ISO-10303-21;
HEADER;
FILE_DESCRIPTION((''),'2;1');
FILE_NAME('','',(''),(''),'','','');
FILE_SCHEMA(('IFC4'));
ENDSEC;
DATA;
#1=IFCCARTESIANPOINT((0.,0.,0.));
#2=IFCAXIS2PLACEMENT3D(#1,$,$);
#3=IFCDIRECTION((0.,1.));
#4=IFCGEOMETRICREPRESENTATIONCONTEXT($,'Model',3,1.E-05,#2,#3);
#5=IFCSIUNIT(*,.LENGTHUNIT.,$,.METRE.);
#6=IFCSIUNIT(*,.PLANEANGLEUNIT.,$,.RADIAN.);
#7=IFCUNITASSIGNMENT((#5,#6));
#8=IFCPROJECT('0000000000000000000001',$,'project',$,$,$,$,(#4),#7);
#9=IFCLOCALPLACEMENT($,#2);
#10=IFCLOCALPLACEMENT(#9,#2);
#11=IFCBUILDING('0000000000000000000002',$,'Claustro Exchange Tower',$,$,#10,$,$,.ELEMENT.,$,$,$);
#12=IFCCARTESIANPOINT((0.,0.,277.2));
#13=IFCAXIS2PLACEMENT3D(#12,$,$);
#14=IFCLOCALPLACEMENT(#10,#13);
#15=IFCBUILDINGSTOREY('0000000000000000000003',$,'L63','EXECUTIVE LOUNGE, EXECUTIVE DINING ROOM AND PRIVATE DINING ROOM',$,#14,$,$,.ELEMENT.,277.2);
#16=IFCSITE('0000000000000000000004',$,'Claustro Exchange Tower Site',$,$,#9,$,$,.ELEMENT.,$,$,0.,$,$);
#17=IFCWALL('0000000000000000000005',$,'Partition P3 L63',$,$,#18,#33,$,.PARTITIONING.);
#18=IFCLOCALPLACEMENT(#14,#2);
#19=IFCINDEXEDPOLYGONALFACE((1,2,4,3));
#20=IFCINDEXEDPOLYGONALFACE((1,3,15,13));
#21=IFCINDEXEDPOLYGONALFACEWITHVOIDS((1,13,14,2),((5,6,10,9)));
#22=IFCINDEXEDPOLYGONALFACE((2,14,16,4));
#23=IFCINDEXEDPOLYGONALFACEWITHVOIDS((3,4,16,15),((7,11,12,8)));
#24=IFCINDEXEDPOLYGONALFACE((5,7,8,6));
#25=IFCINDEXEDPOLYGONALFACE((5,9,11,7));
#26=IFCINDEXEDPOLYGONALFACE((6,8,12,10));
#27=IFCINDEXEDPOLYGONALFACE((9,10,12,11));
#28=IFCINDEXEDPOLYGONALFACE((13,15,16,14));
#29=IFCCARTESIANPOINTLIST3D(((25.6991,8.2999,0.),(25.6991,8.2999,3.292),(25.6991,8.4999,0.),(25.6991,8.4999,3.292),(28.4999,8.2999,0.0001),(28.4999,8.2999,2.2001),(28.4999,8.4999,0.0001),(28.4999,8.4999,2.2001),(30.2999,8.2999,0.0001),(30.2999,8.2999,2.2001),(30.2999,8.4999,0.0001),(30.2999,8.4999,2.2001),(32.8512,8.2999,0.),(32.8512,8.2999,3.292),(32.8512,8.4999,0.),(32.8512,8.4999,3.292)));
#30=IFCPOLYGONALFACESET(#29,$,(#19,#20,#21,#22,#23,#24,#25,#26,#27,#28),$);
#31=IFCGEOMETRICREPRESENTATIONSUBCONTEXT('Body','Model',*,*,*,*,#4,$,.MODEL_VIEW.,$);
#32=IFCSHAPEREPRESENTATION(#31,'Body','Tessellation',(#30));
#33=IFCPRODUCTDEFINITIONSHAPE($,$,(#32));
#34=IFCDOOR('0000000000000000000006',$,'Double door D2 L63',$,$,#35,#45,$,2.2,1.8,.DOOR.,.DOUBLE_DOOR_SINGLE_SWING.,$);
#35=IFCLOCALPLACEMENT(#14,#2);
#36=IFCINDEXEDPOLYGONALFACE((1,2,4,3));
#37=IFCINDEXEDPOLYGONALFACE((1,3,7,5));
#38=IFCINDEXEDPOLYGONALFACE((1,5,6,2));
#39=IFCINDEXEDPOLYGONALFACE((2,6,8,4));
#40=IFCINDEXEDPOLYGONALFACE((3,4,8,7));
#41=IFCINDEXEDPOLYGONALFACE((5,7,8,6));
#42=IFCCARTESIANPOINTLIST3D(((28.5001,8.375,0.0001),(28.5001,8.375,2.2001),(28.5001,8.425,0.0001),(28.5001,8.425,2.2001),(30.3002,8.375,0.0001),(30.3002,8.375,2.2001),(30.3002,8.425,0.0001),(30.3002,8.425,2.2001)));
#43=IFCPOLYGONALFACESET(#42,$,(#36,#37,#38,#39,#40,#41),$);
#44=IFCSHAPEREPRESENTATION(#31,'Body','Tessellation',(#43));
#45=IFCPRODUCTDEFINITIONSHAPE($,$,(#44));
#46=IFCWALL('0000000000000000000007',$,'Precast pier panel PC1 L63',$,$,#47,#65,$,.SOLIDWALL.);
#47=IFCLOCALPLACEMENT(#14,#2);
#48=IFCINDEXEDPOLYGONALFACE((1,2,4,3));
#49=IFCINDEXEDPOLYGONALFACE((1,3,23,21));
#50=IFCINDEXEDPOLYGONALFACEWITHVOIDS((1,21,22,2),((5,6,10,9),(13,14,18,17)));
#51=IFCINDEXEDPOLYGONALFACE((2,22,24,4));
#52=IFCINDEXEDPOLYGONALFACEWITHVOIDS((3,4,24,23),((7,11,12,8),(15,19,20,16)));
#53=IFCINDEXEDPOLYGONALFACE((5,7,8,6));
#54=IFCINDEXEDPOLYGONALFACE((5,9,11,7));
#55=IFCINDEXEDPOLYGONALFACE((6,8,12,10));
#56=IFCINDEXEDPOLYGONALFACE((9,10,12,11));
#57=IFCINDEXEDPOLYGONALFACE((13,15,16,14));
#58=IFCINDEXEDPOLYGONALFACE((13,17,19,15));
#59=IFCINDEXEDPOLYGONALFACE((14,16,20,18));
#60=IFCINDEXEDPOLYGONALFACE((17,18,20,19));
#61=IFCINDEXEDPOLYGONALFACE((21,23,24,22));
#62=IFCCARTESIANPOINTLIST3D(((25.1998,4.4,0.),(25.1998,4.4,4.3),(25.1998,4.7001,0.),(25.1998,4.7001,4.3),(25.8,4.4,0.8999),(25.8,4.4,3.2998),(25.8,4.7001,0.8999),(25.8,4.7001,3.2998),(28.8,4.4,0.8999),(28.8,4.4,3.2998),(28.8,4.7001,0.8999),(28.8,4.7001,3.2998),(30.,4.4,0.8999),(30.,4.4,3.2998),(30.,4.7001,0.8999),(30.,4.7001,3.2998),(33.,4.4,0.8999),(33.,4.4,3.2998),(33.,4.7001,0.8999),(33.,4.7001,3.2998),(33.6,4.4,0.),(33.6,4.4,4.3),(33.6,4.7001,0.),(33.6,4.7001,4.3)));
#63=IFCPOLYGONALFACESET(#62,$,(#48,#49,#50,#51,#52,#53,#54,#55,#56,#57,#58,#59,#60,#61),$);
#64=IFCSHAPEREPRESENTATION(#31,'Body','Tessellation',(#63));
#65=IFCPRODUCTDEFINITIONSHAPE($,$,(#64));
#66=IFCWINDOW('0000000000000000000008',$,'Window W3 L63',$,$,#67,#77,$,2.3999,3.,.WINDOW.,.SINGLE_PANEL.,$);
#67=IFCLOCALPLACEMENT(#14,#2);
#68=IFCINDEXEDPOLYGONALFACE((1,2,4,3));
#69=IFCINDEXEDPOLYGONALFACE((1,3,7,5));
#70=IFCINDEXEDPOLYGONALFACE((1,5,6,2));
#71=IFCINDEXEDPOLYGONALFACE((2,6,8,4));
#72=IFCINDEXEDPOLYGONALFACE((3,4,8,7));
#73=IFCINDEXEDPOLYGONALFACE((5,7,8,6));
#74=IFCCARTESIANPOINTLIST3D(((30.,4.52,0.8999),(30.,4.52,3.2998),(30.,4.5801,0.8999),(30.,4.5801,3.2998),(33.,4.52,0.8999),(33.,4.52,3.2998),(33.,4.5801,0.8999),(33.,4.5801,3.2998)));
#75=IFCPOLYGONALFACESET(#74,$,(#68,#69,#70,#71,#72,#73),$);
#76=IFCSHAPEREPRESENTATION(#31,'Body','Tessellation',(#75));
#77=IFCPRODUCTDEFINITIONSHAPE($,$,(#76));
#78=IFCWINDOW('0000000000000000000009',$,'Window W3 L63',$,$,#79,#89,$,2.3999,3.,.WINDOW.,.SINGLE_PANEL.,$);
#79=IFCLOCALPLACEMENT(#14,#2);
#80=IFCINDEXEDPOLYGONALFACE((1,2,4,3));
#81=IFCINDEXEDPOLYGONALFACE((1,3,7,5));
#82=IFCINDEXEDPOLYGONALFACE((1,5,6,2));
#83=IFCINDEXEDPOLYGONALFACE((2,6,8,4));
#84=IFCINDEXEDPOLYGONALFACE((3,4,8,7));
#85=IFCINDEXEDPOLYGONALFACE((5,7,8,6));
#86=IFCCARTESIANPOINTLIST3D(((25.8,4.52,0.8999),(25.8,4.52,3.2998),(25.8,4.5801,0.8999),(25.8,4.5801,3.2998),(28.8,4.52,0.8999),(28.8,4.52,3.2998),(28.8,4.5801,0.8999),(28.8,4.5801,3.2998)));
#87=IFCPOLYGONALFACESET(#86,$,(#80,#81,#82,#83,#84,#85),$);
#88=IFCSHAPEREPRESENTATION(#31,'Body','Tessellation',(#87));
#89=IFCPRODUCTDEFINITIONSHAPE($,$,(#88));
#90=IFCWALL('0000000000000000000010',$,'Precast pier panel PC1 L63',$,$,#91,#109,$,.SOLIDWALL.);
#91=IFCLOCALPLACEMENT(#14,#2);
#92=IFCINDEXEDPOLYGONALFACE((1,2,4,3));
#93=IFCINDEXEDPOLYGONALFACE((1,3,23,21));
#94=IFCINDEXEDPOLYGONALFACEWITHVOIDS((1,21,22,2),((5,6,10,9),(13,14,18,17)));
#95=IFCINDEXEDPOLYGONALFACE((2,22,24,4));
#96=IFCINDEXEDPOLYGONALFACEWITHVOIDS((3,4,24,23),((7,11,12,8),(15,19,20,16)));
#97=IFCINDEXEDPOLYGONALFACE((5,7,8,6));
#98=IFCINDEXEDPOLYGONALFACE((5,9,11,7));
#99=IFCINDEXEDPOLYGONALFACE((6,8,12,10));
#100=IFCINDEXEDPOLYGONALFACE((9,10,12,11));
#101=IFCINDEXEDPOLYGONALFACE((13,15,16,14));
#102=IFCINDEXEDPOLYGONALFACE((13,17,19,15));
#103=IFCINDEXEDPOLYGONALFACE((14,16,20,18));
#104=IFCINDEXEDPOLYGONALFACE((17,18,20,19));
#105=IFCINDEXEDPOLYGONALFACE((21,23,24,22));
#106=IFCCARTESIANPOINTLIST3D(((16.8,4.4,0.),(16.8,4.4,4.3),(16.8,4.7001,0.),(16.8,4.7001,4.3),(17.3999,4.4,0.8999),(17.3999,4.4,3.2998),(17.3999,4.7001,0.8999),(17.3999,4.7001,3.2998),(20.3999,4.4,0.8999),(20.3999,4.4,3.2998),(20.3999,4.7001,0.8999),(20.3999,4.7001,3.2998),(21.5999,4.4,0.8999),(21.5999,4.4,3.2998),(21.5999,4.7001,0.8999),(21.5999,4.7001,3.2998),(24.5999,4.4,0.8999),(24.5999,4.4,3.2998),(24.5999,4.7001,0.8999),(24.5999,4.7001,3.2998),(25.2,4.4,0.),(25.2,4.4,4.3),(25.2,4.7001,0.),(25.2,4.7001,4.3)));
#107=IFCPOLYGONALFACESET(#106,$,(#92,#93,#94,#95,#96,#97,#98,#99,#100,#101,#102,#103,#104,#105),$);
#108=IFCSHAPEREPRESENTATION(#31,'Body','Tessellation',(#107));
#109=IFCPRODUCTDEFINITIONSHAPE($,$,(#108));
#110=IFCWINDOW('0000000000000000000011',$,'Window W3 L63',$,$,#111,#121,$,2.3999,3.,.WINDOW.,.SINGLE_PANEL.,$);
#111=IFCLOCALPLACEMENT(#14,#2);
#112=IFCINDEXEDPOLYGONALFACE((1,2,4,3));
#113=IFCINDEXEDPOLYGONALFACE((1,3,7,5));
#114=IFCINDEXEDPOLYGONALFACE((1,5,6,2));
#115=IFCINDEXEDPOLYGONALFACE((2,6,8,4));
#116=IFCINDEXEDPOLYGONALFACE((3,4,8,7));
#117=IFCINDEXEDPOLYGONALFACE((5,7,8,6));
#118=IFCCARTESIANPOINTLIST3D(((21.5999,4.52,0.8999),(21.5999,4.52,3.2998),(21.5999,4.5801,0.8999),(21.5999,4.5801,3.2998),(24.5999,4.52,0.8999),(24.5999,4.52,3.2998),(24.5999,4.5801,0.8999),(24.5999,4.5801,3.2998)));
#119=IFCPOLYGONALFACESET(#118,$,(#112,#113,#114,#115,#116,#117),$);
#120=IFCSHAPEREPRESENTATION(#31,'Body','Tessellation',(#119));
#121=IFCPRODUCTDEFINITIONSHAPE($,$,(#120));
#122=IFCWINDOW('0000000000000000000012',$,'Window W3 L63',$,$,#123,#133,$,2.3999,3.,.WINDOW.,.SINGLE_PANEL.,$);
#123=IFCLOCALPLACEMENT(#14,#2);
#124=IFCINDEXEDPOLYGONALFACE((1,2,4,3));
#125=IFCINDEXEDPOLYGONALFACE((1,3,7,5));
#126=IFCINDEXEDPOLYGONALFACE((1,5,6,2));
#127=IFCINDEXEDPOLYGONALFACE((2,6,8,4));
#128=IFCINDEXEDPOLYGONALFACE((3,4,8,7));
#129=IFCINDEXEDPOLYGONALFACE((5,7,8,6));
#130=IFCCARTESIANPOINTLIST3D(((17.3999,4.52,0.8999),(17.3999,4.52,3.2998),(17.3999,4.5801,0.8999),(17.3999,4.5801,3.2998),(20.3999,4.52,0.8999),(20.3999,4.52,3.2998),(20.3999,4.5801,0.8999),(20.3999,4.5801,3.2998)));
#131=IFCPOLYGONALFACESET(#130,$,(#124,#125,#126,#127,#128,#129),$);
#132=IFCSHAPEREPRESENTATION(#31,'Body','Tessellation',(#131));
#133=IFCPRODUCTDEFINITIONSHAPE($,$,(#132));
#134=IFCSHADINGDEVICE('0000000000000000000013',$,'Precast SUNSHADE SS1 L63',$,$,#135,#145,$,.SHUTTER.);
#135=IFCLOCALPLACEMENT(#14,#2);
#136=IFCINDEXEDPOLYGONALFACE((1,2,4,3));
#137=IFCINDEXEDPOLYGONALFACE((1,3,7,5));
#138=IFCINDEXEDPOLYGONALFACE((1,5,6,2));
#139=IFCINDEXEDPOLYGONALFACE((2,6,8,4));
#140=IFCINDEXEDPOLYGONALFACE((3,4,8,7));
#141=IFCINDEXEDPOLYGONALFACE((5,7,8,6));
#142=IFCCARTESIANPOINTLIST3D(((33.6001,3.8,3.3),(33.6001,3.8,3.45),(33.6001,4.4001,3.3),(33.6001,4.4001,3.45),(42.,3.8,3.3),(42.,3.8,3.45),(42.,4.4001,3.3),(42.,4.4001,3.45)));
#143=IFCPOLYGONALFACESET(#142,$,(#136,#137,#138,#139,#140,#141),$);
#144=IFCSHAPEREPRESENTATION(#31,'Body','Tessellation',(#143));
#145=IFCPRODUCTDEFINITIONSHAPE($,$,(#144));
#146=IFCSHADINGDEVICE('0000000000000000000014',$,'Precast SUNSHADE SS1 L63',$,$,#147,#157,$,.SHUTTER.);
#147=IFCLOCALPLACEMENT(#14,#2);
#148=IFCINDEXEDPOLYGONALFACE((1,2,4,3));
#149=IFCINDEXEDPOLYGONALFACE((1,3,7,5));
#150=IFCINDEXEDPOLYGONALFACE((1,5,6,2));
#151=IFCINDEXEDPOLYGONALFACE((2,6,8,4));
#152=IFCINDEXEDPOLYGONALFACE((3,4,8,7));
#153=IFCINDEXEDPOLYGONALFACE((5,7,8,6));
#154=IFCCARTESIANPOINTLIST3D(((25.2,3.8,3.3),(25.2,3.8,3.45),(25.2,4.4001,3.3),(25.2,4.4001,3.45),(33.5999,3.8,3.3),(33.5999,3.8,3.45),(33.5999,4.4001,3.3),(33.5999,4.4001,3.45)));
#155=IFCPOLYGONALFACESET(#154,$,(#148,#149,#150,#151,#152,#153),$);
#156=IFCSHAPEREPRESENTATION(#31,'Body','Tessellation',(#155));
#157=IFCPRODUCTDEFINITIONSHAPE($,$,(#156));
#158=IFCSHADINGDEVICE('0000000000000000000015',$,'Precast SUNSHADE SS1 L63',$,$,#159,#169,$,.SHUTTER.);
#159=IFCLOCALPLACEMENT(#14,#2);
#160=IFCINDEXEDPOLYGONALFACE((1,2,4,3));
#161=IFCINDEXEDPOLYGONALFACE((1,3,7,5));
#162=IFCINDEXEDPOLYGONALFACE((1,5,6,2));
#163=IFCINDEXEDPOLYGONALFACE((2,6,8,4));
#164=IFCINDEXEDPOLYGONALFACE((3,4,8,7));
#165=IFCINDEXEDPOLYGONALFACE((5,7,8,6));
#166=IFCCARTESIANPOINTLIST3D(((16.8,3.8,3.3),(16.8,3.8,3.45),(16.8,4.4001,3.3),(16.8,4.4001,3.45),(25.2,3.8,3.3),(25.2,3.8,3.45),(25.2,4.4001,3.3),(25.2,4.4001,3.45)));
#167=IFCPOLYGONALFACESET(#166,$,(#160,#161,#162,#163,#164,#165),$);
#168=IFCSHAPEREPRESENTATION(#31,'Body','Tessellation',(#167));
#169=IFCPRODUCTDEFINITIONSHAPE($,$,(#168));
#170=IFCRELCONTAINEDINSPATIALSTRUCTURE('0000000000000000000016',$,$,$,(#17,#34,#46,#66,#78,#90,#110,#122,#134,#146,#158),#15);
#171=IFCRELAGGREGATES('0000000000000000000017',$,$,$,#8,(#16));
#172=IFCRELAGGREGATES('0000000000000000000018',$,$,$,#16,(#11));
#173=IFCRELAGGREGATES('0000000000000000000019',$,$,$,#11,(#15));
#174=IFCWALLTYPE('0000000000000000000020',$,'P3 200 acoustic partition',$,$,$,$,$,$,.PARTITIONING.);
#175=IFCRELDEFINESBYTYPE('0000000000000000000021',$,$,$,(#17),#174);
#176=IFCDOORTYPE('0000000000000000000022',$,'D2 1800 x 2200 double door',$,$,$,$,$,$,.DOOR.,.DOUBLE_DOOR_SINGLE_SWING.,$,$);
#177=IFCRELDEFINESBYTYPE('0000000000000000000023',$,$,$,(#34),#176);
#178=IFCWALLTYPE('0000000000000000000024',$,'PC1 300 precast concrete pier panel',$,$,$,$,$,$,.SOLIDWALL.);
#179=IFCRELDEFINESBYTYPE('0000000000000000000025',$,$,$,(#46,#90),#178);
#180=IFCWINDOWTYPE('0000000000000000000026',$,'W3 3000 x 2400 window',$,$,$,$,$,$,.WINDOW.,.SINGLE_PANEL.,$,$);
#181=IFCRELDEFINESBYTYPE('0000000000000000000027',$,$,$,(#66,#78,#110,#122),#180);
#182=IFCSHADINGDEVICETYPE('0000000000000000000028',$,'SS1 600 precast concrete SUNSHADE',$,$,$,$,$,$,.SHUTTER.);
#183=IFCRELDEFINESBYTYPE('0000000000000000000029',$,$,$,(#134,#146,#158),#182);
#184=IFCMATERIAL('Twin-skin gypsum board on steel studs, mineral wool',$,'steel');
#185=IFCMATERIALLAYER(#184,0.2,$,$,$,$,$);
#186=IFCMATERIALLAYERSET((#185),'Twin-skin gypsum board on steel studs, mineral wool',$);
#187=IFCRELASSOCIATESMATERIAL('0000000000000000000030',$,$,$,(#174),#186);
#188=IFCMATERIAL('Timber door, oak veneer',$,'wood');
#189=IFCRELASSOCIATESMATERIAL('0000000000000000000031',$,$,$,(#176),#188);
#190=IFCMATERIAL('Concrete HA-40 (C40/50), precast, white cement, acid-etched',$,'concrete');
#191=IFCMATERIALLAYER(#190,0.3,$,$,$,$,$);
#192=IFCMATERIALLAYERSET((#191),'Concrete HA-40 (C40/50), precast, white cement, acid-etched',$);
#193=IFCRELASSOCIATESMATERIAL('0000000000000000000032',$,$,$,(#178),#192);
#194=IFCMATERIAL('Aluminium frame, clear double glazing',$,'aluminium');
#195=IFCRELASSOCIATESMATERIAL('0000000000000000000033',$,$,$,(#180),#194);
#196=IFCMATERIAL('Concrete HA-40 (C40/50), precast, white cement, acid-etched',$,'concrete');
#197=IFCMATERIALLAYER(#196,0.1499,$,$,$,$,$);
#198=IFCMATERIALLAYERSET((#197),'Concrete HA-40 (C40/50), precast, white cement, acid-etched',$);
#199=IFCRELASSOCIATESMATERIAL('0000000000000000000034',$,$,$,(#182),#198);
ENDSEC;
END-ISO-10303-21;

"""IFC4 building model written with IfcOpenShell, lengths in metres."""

from ifc_helpers import new_model, si_unit, direction, frame, frame_2d, origin, origin_2d, place, context, subcontext, project, spatial, rectangle, extrude, material, layer, layer_set, type_object, element, fill, save


model = new_model("IFC4")

# Units and contexts
model_context = context("Model", 3, precision=1e-05, world=origin(), true_north=direction((0.0, 1.0)))
body_context = subcontext(model_context, "Body", "Model", "MODEL_VIEW")
ifc_project = project(units=[si_unit("LENGTHUNIT", "METRE"), si_unit("PLANEANGLEUNIT", "RADIAN")], contexts=[model_context])

# Site, building, storey
site_placement = place(None, origin())
site = spatial("IfcSite", under=ifc_project, at=site_placement, Name="Claustro Exchange Tower Site", CompositionType="ELEMENT", RefElevation=0.0)
building_placement = place(site_placement, origin())
building = spatial("IfcBuilding", under=site, at=building_placement, Name="Claustro Exchange Tower", CompositionType="ELEMENT")
storey_placement = place(building_placement, frame((0.0, 0.0, 277.2)))
storey = spatial("IfcBuildingStorey", under=building, at=storey_placement, Name="L63", Description="EXECUTIVE LOUNGE, EXECUTIVE DINING ROOM AND PRIVATE DINING ROOM", CompositionType="ELEMENT", Elevation=277.2)

# Wall, opening, door
ifc_material_1 = material(Name="Twin-skin gypsum board on steel studs, mineral wool", Category="steel")
ifc_layer_1 = layer(ifc_material_1, 0.2)
ifc_layer_set_1 = layer_set([ifc_layer_1], Name="Twin-skin gypsum board on steel studs, mineral wool")
wall_type_1 = type_object("IfcWallType", Name="P3 200 acoustic partition", PredefinedType="PARTITIONING", material=ifc_layer_set_1)
wall_1_placement = place(storey_placement, frame((25.699, 8.3999, 0.0), z_axis=(0.0, 0.0, 1.0), x_axis=(1.0, 0.0, 0.0)))
wall_1 = element("IfcWall", 1, at=wall_1_placement, inside=storey, type_object=wall_type_1, Name="Partition P3 L63", PredefinedType="PARTITIONING", context=body_context, shape_type="SweptSolid", body=[
    extrude(rectangle(XDim=7.1521, YDim=0.2, at=frame_2d((3.5762, 0.0))), origin(), (0.0, 0.0, 1.0), 3.292),
])
opening_1_placement = place(wall_1_placement, frame((2.801, 0.0, 0.0)))
opening_1 = element("IfcOpeningElement", 2, at=opening_1_placement, cuts=wall_1, PredefinedType="OPENING", context=body_context, shape_type="SweptSolid", body=[
    extrude(rectangle(XDim=1.8, YDim=2.2, at=frame_2d((0.8999, 1.1001))), frame((0.0, 0.1099, 0.0), z_axis=(0.0, -1.0, 0.0), x_axis=(1.0, 0.0, 0.0)), (0.0, 0.0, 1.0), 0.22),
])
ifc_material_2 = material(Name="Timber door, oak veneer", Category="wood")
door_type = type_object("IfcDoorType", Name="D2 1800 x 2200 double door", OperationType="DOUBLE_DOOR_SINGLE_SWING", PredefinedType="DOOR", material=ifc_material_2)
door_placement = place(opening_1_placement, frame((1.8, 0.0, 0.0), z_axis=(0.0, 0.0, 1.0), x_axis=(-1.0, 0.0, 0.0)))
door = element("IfcDoor", 3, at=door_placement, inside=storey, type_object=door_type, Name="Double door D2 L63", OperationType="DOUBLE_DOOR_SINGLE_SWING", OverallHeight=2.2, OverallWidth=1.8, PredefinedType="DOOR", context=body_context, shape_type="SweptSolid", body=[
    extrude(rectangle(XDim=1.8, YDim=2.2, at=frame_2d((0.8999, 1.1001))), frame((0.0, 0.0249, 0.0), z_axis=(0.0, -1.0, 0.0), x_axis=(1.0, 0.0, 0.0)), (0.0, 0.0, 1.0), 0.05),
])
fill(opening_1, door)

# Walls, openings, windows
ifc_material_3 = material(Name="Concrete HA-40 (C40/50), precast, white cement, acid-etched", Category="concrete")
ifc_layer_2 = layer(ifc_material_3, 0.3)
ifc_layer_set_2 = layer_set([ifc_layer_2], Name="Concrete HA-40 (C40/50), precast, white cement, acid-etched")
wall_type_2 = type_object("IfcWallType", Name="PC1 300 precast concrete pier panel", PredefinedType="SOLIDWALL", material=ifc_layer_set_2)
wall_2_placement = place(storey_placement, frame((33.6001, 4.55, 0.0), z_axis=(0.0, 0.0, 1.0), x_axis=(-1.0, 0.0, 0.0)))
wall_2 = element("IfcWall", 4, at=wall_2_placement, inside=storey, type_object=wall_type_2, Name="Precast pier panel PC1 L63", PredefinedType="SOLIDWALL", context=body_context, shape_type="SweptSolid", body=[
    extrude(rectangle(XDim=8.4001, YDim=0.3, at=frame_2d((4.2002, 0.0))), origin(), (0.0, 0.0, 1.0), 4.3),
])
opening_2_placement = place(wall_2_placement, frame((0.6001, 0.0, 0.8999)))
opening_2 = element("IfcOpeningElement", 5, at=opening_2_placement, cuts=wall_2, PredefinedType="OPENING", context=body_context, shape_type="SweptSolid", body=[
    extrude(rectangle(XDim=3.0, YDim=2.3999, at=frame_2d((1.5, 1.2))), frame((0.0, 0.1599, 0.0), z_axis=(0.0, -1.0, 0.0), x_axis=(1.0, 0.0, 0.0)), (0.0, 0.0, 1.0), 0.3201),
])
opening_3_placement = place(wall_2_placement, frame((4.8, 0.0, 0.8999)))
opening_3 = element("IfcOpeningElement", 6, at=opening_3_placement, cuts=wall_2, PredefinedType="OPENING", context=body_context, shape_type="SweptSolid", body=[
    extrude(rectangle(XDim=3.0, YDim=2.3999, at=frame_2d((1.5, 1.2))), frame((0.0, 0.1599, 0.0), z_axis=(0.0, -1.0, 0.0), x_axis=(1.0, 0.0, 0.0)), (0.0, 0.0, 1.0), 0.3201),
])
ifc_material_4 = material(Name="Aluminium frame, clear double glazing", Category="aluminium")
window_type = type_object("IfcWindowType", Name="W3 3000 x 2400 window", PartitioningType="SINGLE_PANEL", PredefinedType="WINDOW", material=ifc_material_4)
window_1_placement = place(opening_2_placement, origin())
window_1 = element("IfcWindow", 7, at=window_1_placement, inside=storey, type_object=window_type, Name="Window W3 L63", OverallHeight=2.3999, OverallWidth=3.0, PartitioningType="SINGLE_PANEL", PredefinedType="WINDOW", context=body_context, shape_type="SweptSolid", body=[
    extrude(rectangle(XDim=3.0, YDim=2.3999, at=frame_2d((1.5, 1.2))), frame((0.0, 0.03, 0.0), z_axis=(0.0, -1.0, 0.0), x_axis=(1.0, 0.0, 0.0)), (0.0, 0.0, 1.0), 0.0601),
])
fill(opening_2, window_1)
window_2_placement = place(opening_3_placement, origin())
window_2 = element("IfcWindow", 8, at=window_2_placement, inside=storey, type_object=window_type, Name="Window W3 L63", OverallHeight=2.3999, OverallWidth=3.0, PartitioningType="SINGLE_PANEL", PredefinedType="WINDOW", context=body_context, shape_type="SweptSolid", body=[
    extrude(rectangle(XDim=3.0, YDim=2.3999, at=frame_2d((1.5, 1.2))), frame((0.0, 0.03, 0.0), z_axis=(0.0, -1.0, 0.0), x_axis=(1.0, 0.0, 0.0)), (0.0, 0.0, 1.0), 0.0601),
])
fill(opening_3, window_2)
wall_3_placement = place(storey_placement, frame((25.2, 4.55, 0.0), z_axis=(0.0, 0.0, 1.0), x_axis=(-1.0, 0.0, 0.0)))
wall_3 = element("IfcWall", 9, at=wall_3_placement, inside=storey, type_object=wall_type_2, Name="Precast pier panel PC1 L63", PredefinedType="SOLIDWALL", context=body_context, shape_type="SweptSolid", body=[
    extrude(rectangle(XDim=8.3999, YDim=0.3, at=frame_2d((4.2, 0.0))), origin(), (0.0, 0.0, 1.0), 4.3),
])
opening_4_placement = place(wall_3_placement, frame((0.6001, 0.0, 0.8999)))
opening_4 = element("IfcOpeningElement", 10, at=opening_4_placement, cuts=wall_3, PredefinedType="OPENING", context=body_context, shape_type="SweptSolid", body=[
    extrude(rectangle(XDim=3.0, YDim=2.3999, at=frame_2d((1.5, 1.2))), frame((0.0, 0.1599, 0.0), z_axis=(0.0, -1.0, 0.0), x_axis=(1.0, 0.0, 0.0)), (0.0, 0.0, 1.0), 0.3201),
])
opening_5_placement = place(wall_3_placement, frame((4.8, 0.0, 0.8999)))
opening_5 = element("IfcOpeningElement", 11, at=opening_5_placement, cuts=wall_3, PredefinedType="OPENING", context=body_context, shape_type="SweptSolid", body=[
    extrude(rectangle(XDim=3.0, YDim=2.3999, at=frame_2d((1.5, 1.2))), frame((0.0, 0.1599, 0.0), z_axis=(0.0, -1.0, 0.0), x_axis=(1.0, 0.0, 0.0)), (0.0, 0.0, 1.0), 0.3201),
])
window_3_placement = place(opening_4_placement, origin())
window_3 = element("IfcWindow", 12, at=window_3_placement, inside=storey, type_object=window_type, Name="Window W3 L63", OverallHeight=2.3999, OverallWidth=3.0, PartitioningType="SINGLE_PANEL", PredefinedType="WINDOW", context=body_context, shape_type="SweptSolid", body=[
    extrude(rectangle(XDim=3.0, YDim=2.3999, at=frame_2d((1.5, 1.2))), frame((0.0, 0.03, 0.0), z_axis=(0.0, -1.0, 0.0), x_axis=(1.0, 0.0, 0.0)), (0.0, 0.0, 1.0), 0.0601),
])
fill(opening_4, window_3)
window_4_placement = place(opening_5_placement, origin())
window_4 = element("IfcWindow", 13, at=window_4_placement, inside=storey, type_object=window_type, Name="Window W3 L63", OverallHeight=2.3999, OverallWidth=3.0, PartitioningType="SINGLE_PANEL", PredefinedType="WINDOW", context=body_context, shape_type="SweptSolid", body=[
    extrude(rectangle(XDim=3.0, YDim=2.3999, at=frame_2d((1.5, 1.2))), frame((0.0, 0.03, 0.0), z_axis=(0.0, -1.0, 0.0), x_axis=(1.0, 0.0, 0.0)), (0.0, 0.0, 1.0), 0.0601),
])
fill(opening_5, window_4)

# Shading devices
ifc_material_5 = material(Name="Concrete HA-40 (C40/50), precast, white cement, acid-etched", Category="concrete")
ifc_layer_3 = layer(ifc_material_5, 0.1499)
ifc_layer_set_3 = layer_set([ifc_layer_3], Name="Concrete HA-40 (C40/50), precast, white cement, acid-etched")
shading_device_type = type_object("IfcShadingDeviceType", Name="SS1 600 precast concrete SUNSHADE", PredefinedType="SHUTTER", material=ifc_layer_set_3)
for number, where, z_axis, x_axis, name in (
    (14, (37.8, 4.1001, 3.3), (0.0, 0.0, 1.0), (-1.0, 0.0, 0.0), "Precast SUNSHADE SS1 L63"),
    (15, (29.3999, 4.1001, 3.3), (0.0, 0.0, 1.0), (-1.0, 0.0, 0.0), "Precast SUNSHADE SS1 L63"),
    (16, (21.0, 4.1001, 3.3), (0.0, 0.0, 1.0), (-1.0, 0.0, 0.0), "Precast SUNSHADE SS1 L63"),
):
    element("IfcShadingDevice", number, at=place(storey_placement, frame(where, z_axis=z_axis, x_axis=x_axis)), inside=storey, type_object=shading_device_type, Name=name, PredefinedType="SHUTTER", context=body_context, shape_type="SweptSolid", body=[
        extrude(rectangle(XDim=8.3999, YDim=0.6001, at=origin_2d()), origin(), (0.0, 0.0, 1.0), 0.1499),
    ])

save(model, "model.ifc")
